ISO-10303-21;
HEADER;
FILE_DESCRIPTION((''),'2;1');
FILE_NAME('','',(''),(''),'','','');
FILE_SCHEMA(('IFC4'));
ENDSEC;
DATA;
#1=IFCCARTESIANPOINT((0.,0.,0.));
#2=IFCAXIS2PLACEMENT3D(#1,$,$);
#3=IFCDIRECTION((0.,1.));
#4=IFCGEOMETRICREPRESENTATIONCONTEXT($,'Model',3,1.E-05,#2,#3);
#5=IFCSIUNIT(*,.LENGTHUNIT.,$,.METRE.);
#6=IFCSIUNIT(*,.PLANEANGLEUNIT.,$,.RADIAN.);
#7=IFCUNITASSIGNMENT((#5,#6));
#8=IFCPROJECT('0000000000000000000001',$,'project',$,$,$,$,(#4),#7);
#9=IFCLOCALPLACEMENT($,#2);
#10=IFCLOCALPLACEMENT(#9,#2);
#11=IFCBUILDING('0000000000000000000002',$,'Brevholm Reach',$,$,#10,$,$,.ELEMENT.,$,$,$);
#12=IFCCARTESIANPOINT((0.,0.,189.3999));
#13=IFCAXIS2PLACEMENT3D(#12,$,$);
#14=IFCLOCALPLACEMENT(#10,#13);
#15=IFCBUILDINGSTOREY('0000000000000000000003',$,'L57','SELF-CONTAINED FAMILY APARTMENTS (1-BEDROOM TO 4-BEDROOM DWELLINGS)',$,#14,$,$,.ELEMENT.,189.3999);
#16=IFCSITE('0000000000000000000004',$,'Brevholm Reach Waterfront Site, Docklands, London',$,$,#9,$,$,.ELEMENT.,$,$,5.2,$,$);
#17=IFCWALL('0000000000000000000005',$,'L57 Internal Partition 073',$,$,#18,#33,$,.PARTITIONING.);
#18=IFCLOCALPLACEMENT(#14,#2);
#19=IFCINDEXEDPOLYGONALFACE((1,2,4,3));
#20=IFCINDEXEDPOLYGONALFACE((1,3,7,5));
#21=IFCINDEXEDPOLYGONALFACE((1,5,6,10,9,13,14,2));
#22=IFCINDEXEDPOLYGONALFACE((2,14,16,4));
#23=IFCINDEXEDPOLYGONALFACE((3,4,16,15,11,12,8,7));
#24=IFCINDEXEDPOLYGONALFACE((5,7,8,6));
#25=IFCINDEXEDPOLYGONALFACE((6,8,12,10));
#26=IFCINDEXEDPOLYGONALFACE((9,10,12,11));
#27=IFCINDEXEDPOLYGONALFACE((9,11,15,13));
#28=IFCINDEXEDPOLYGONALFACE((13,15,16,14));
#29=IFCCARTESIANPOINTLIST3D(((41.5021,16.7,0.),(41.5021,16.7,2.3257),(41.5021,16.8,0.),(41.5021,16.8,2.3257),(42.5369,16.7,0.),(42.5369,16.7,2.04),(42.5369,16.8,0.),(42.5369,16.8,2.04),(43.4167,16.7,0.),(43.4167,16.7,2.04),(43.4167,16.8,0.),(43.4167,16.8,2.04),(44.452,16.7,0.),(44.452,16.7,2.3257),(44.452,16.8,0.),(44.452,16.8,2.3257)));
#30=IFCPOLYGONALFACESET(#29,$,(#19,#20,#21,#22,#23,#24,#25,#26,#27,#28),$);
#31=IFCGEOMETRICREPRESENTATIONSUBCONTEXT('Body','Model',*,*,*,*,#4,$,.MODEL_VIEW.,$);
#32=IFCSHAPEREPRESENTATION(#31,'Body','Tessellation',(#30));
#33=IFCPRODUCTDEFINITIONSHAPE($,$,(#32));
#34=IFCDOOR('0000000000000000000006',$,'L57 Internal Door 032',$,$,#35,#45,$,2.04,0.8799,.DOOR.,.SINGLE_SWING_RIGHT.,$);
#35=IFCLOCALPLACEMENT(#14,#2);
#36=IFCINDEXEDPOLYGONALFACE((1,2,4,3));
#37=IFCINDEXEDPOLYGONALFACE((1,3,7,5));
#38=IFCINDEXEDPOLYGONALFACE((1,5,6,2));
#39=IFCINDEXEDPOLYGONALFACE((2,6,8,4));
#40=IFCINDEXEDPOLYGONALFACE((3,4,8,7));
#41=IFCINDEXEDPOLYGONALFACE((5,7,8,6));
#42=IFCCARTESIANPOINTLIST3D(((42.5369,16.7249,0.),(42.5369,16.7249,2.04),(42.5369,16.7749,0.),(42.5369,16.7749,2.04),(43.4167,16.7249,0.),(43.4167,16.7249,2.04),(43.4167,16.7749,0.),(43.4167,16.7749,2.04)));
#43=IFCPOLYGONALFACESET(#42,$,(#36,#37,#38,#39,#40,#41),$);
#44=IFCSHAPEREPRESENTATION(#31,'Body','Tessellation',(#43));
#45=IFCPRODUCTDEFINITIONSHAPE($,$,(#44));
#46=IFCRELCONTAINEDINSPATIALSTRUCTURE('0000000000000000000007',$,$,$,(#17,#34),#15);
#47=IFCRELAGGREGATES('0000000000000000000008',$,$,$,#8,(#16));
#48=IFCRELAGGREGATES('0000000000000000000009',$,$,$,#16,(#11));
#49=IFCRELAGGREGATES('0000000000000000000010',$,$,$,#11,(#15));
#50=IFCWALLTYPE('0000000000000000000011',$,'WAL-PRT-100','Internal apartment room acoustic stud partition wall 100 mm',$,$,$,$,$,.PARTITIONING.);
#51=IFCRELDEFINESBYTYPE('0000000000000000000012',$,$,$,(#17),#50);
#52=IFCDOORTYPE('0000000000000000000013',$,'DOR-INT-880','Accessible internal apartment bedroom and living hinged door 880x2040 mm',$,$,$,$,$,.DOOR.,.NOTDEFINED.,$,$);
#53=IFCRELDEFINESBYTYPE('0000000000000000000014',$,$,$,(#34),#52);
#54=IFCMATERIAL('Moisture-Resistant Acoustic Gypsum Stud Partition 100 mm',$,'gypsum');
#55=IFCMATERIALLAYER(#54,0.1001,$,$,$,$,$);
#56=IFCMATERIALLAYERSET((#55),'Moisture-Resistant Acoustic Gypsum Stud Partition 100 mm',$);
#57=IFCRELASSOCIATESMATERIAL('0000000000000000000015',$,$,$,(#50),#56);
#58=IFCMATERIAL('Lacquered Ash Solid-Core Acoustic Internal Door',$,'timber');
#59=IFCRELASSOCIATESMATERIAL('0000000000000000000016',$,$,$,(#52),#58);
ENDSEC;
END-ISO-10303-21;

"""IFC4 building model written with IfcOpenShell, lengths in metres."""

from ifc_helpers import new_model, si_unit, direction, frame, frame_2d, origin, place, context, subcontext, project, spatial, rectangle, extrude, material, layer, layer_set, type_object, element, fill, save


model = new_model("IFC4")

# Units and contexts
model_context = context("Model", 3, precision=1e-05, world=origin(), true_north=direction((0.0, 1.0)))
body_context = subcontext(model_context, "Body", "Model", "MODEL_VIEW")
ifc_project = project(units=[si_unit("LENGTHUNIT", "METRE"), si_unit("PLANEANGLEUNIT", "RADIAN")], contexts=[model_context])

# Site, building, storey
site_placement = place(None, origin())
site = spatial("IfcSite", under=ifc_project, at=site_placement, Name="Brevholm Reach Waterfront Site, Docklands, London", CompositionType="ELEMENT", RefElevation=5.2)
building_placement = place(site_placement, origin())
building = spatial("IfcBuilding", under=site, at=building_placement, Name="Brevholm Reach", CompositionType="ELEMENT")
storey_placement = place(building_placement, frame((0.0, 0.0, 189.3999)))
storey = spatial("IfcBuildingStorey", under=building, at=storey_placement, Name="L57", Description="SELF-CONTAINED FAMILY APARTMENTS (1-BEDROOM TO 4-BEDROOM DWELLINGS)", CompositionType="ELEMENT", Elevation=189.3999)

# Wall, opening, door
ifc_material_1 = material(Name="Moisture-Resistant Acoustic Gypsum Stud Partition 100 mm", Category="gypsum")
ifc_layer_1 = layer(ifc_material_1, 0.1001)
ifc_layer_set_1 = layer_set([ifc_layer_1], Name="Moisture-Resistant Acoustic Gypsum Stud Partition 100 mm")
wall_type = type_object("IfcWallType", Name="WAL-PRT-100", Description="Internal apartment room acoustic stud partition wall 100 mm", PredefinedType="PARTITIONING", material=ifc_layer_set_1)
wall_1_placement = place(storey_placement, frame((41.502, 16.75, 0.0), z_axis=(0.0, 0.0, 1.0), x_axis=(1.0, 0.0, 0.0)))
wall_1 = element("IfcWall", 1, at=wall_1_placement, inside=storey, type_object=wall_type, Name="L57 Internal Partition 073", PredefinedType="PARTITIONING", context=body_context, shape_type="SweptSolid", body=[
    extrude(rectangle(XDim=2.95, YDim=0.1001, at=frame_2d((1.4751, 0.0))), origin(), (0.0, 0.0, 1.0), 2.3257),
])
opening_1_placement = place(wall_1_placement, frame((1.0349, 0.0, 0.0)))
opening_1 = element("IfcOpeningElement", 2, at=opening_1_placement, cuts=wall_1, PredefinedType="OPENING", context=body_context, shape_type="SweptSolid", body=[
    extrude(rectangle(XDim=0.8799, YDim=2.04, at=frame_2d((0.4399, 1.02))), frame((0.0, 0.0601, 0.0), z_axis=(0.0, -1.0, 0.0), x_axis=(1.0, 0.0, 0.0)), (0.0, 0.0, 1.0), 0.1201),
])
ifc_material_2 = material(Name="Lacquered Ash Solid-Core Acoustic Internal Door", Category="timber")
door_type_1 = type_object("IfcDoorType", Name="DOR-INT-880", Description="Accessible internal apartment bedroom and living hinged door 880x2040 mm", OperationType="NOTDEFINED", PredefinedType="DOOR", material=ifc_material_2)
door_1_placement = place(opening_1_placement, origin())
door_1 = element("IfcDoor", 3, at=door_1_placement, inside=storey, type_object=door_type_1, Name="L57 Internal Door 032", OperationType="SINGLE_SWING_RIGHT", OverallHeight=2.04, OverallWidth=0.8799, PredefinedType="DOOR", context=body_context, shape_type="SweptSolid", body=[
    extrude(rectangle(XDim=0.8799, YDim=2.04, at=frame_2d((0.4399, 1.02))), frame((0.0, 0.0249, 0.0), z_axis=(0.0, -1.0, 0.0), x_axis=(1.0, 0.0, 0.0)), (0.0, 0.0, 1.0), 0.05),
])
fill(opening_1, door_1)

save(model, "model.ifc")
